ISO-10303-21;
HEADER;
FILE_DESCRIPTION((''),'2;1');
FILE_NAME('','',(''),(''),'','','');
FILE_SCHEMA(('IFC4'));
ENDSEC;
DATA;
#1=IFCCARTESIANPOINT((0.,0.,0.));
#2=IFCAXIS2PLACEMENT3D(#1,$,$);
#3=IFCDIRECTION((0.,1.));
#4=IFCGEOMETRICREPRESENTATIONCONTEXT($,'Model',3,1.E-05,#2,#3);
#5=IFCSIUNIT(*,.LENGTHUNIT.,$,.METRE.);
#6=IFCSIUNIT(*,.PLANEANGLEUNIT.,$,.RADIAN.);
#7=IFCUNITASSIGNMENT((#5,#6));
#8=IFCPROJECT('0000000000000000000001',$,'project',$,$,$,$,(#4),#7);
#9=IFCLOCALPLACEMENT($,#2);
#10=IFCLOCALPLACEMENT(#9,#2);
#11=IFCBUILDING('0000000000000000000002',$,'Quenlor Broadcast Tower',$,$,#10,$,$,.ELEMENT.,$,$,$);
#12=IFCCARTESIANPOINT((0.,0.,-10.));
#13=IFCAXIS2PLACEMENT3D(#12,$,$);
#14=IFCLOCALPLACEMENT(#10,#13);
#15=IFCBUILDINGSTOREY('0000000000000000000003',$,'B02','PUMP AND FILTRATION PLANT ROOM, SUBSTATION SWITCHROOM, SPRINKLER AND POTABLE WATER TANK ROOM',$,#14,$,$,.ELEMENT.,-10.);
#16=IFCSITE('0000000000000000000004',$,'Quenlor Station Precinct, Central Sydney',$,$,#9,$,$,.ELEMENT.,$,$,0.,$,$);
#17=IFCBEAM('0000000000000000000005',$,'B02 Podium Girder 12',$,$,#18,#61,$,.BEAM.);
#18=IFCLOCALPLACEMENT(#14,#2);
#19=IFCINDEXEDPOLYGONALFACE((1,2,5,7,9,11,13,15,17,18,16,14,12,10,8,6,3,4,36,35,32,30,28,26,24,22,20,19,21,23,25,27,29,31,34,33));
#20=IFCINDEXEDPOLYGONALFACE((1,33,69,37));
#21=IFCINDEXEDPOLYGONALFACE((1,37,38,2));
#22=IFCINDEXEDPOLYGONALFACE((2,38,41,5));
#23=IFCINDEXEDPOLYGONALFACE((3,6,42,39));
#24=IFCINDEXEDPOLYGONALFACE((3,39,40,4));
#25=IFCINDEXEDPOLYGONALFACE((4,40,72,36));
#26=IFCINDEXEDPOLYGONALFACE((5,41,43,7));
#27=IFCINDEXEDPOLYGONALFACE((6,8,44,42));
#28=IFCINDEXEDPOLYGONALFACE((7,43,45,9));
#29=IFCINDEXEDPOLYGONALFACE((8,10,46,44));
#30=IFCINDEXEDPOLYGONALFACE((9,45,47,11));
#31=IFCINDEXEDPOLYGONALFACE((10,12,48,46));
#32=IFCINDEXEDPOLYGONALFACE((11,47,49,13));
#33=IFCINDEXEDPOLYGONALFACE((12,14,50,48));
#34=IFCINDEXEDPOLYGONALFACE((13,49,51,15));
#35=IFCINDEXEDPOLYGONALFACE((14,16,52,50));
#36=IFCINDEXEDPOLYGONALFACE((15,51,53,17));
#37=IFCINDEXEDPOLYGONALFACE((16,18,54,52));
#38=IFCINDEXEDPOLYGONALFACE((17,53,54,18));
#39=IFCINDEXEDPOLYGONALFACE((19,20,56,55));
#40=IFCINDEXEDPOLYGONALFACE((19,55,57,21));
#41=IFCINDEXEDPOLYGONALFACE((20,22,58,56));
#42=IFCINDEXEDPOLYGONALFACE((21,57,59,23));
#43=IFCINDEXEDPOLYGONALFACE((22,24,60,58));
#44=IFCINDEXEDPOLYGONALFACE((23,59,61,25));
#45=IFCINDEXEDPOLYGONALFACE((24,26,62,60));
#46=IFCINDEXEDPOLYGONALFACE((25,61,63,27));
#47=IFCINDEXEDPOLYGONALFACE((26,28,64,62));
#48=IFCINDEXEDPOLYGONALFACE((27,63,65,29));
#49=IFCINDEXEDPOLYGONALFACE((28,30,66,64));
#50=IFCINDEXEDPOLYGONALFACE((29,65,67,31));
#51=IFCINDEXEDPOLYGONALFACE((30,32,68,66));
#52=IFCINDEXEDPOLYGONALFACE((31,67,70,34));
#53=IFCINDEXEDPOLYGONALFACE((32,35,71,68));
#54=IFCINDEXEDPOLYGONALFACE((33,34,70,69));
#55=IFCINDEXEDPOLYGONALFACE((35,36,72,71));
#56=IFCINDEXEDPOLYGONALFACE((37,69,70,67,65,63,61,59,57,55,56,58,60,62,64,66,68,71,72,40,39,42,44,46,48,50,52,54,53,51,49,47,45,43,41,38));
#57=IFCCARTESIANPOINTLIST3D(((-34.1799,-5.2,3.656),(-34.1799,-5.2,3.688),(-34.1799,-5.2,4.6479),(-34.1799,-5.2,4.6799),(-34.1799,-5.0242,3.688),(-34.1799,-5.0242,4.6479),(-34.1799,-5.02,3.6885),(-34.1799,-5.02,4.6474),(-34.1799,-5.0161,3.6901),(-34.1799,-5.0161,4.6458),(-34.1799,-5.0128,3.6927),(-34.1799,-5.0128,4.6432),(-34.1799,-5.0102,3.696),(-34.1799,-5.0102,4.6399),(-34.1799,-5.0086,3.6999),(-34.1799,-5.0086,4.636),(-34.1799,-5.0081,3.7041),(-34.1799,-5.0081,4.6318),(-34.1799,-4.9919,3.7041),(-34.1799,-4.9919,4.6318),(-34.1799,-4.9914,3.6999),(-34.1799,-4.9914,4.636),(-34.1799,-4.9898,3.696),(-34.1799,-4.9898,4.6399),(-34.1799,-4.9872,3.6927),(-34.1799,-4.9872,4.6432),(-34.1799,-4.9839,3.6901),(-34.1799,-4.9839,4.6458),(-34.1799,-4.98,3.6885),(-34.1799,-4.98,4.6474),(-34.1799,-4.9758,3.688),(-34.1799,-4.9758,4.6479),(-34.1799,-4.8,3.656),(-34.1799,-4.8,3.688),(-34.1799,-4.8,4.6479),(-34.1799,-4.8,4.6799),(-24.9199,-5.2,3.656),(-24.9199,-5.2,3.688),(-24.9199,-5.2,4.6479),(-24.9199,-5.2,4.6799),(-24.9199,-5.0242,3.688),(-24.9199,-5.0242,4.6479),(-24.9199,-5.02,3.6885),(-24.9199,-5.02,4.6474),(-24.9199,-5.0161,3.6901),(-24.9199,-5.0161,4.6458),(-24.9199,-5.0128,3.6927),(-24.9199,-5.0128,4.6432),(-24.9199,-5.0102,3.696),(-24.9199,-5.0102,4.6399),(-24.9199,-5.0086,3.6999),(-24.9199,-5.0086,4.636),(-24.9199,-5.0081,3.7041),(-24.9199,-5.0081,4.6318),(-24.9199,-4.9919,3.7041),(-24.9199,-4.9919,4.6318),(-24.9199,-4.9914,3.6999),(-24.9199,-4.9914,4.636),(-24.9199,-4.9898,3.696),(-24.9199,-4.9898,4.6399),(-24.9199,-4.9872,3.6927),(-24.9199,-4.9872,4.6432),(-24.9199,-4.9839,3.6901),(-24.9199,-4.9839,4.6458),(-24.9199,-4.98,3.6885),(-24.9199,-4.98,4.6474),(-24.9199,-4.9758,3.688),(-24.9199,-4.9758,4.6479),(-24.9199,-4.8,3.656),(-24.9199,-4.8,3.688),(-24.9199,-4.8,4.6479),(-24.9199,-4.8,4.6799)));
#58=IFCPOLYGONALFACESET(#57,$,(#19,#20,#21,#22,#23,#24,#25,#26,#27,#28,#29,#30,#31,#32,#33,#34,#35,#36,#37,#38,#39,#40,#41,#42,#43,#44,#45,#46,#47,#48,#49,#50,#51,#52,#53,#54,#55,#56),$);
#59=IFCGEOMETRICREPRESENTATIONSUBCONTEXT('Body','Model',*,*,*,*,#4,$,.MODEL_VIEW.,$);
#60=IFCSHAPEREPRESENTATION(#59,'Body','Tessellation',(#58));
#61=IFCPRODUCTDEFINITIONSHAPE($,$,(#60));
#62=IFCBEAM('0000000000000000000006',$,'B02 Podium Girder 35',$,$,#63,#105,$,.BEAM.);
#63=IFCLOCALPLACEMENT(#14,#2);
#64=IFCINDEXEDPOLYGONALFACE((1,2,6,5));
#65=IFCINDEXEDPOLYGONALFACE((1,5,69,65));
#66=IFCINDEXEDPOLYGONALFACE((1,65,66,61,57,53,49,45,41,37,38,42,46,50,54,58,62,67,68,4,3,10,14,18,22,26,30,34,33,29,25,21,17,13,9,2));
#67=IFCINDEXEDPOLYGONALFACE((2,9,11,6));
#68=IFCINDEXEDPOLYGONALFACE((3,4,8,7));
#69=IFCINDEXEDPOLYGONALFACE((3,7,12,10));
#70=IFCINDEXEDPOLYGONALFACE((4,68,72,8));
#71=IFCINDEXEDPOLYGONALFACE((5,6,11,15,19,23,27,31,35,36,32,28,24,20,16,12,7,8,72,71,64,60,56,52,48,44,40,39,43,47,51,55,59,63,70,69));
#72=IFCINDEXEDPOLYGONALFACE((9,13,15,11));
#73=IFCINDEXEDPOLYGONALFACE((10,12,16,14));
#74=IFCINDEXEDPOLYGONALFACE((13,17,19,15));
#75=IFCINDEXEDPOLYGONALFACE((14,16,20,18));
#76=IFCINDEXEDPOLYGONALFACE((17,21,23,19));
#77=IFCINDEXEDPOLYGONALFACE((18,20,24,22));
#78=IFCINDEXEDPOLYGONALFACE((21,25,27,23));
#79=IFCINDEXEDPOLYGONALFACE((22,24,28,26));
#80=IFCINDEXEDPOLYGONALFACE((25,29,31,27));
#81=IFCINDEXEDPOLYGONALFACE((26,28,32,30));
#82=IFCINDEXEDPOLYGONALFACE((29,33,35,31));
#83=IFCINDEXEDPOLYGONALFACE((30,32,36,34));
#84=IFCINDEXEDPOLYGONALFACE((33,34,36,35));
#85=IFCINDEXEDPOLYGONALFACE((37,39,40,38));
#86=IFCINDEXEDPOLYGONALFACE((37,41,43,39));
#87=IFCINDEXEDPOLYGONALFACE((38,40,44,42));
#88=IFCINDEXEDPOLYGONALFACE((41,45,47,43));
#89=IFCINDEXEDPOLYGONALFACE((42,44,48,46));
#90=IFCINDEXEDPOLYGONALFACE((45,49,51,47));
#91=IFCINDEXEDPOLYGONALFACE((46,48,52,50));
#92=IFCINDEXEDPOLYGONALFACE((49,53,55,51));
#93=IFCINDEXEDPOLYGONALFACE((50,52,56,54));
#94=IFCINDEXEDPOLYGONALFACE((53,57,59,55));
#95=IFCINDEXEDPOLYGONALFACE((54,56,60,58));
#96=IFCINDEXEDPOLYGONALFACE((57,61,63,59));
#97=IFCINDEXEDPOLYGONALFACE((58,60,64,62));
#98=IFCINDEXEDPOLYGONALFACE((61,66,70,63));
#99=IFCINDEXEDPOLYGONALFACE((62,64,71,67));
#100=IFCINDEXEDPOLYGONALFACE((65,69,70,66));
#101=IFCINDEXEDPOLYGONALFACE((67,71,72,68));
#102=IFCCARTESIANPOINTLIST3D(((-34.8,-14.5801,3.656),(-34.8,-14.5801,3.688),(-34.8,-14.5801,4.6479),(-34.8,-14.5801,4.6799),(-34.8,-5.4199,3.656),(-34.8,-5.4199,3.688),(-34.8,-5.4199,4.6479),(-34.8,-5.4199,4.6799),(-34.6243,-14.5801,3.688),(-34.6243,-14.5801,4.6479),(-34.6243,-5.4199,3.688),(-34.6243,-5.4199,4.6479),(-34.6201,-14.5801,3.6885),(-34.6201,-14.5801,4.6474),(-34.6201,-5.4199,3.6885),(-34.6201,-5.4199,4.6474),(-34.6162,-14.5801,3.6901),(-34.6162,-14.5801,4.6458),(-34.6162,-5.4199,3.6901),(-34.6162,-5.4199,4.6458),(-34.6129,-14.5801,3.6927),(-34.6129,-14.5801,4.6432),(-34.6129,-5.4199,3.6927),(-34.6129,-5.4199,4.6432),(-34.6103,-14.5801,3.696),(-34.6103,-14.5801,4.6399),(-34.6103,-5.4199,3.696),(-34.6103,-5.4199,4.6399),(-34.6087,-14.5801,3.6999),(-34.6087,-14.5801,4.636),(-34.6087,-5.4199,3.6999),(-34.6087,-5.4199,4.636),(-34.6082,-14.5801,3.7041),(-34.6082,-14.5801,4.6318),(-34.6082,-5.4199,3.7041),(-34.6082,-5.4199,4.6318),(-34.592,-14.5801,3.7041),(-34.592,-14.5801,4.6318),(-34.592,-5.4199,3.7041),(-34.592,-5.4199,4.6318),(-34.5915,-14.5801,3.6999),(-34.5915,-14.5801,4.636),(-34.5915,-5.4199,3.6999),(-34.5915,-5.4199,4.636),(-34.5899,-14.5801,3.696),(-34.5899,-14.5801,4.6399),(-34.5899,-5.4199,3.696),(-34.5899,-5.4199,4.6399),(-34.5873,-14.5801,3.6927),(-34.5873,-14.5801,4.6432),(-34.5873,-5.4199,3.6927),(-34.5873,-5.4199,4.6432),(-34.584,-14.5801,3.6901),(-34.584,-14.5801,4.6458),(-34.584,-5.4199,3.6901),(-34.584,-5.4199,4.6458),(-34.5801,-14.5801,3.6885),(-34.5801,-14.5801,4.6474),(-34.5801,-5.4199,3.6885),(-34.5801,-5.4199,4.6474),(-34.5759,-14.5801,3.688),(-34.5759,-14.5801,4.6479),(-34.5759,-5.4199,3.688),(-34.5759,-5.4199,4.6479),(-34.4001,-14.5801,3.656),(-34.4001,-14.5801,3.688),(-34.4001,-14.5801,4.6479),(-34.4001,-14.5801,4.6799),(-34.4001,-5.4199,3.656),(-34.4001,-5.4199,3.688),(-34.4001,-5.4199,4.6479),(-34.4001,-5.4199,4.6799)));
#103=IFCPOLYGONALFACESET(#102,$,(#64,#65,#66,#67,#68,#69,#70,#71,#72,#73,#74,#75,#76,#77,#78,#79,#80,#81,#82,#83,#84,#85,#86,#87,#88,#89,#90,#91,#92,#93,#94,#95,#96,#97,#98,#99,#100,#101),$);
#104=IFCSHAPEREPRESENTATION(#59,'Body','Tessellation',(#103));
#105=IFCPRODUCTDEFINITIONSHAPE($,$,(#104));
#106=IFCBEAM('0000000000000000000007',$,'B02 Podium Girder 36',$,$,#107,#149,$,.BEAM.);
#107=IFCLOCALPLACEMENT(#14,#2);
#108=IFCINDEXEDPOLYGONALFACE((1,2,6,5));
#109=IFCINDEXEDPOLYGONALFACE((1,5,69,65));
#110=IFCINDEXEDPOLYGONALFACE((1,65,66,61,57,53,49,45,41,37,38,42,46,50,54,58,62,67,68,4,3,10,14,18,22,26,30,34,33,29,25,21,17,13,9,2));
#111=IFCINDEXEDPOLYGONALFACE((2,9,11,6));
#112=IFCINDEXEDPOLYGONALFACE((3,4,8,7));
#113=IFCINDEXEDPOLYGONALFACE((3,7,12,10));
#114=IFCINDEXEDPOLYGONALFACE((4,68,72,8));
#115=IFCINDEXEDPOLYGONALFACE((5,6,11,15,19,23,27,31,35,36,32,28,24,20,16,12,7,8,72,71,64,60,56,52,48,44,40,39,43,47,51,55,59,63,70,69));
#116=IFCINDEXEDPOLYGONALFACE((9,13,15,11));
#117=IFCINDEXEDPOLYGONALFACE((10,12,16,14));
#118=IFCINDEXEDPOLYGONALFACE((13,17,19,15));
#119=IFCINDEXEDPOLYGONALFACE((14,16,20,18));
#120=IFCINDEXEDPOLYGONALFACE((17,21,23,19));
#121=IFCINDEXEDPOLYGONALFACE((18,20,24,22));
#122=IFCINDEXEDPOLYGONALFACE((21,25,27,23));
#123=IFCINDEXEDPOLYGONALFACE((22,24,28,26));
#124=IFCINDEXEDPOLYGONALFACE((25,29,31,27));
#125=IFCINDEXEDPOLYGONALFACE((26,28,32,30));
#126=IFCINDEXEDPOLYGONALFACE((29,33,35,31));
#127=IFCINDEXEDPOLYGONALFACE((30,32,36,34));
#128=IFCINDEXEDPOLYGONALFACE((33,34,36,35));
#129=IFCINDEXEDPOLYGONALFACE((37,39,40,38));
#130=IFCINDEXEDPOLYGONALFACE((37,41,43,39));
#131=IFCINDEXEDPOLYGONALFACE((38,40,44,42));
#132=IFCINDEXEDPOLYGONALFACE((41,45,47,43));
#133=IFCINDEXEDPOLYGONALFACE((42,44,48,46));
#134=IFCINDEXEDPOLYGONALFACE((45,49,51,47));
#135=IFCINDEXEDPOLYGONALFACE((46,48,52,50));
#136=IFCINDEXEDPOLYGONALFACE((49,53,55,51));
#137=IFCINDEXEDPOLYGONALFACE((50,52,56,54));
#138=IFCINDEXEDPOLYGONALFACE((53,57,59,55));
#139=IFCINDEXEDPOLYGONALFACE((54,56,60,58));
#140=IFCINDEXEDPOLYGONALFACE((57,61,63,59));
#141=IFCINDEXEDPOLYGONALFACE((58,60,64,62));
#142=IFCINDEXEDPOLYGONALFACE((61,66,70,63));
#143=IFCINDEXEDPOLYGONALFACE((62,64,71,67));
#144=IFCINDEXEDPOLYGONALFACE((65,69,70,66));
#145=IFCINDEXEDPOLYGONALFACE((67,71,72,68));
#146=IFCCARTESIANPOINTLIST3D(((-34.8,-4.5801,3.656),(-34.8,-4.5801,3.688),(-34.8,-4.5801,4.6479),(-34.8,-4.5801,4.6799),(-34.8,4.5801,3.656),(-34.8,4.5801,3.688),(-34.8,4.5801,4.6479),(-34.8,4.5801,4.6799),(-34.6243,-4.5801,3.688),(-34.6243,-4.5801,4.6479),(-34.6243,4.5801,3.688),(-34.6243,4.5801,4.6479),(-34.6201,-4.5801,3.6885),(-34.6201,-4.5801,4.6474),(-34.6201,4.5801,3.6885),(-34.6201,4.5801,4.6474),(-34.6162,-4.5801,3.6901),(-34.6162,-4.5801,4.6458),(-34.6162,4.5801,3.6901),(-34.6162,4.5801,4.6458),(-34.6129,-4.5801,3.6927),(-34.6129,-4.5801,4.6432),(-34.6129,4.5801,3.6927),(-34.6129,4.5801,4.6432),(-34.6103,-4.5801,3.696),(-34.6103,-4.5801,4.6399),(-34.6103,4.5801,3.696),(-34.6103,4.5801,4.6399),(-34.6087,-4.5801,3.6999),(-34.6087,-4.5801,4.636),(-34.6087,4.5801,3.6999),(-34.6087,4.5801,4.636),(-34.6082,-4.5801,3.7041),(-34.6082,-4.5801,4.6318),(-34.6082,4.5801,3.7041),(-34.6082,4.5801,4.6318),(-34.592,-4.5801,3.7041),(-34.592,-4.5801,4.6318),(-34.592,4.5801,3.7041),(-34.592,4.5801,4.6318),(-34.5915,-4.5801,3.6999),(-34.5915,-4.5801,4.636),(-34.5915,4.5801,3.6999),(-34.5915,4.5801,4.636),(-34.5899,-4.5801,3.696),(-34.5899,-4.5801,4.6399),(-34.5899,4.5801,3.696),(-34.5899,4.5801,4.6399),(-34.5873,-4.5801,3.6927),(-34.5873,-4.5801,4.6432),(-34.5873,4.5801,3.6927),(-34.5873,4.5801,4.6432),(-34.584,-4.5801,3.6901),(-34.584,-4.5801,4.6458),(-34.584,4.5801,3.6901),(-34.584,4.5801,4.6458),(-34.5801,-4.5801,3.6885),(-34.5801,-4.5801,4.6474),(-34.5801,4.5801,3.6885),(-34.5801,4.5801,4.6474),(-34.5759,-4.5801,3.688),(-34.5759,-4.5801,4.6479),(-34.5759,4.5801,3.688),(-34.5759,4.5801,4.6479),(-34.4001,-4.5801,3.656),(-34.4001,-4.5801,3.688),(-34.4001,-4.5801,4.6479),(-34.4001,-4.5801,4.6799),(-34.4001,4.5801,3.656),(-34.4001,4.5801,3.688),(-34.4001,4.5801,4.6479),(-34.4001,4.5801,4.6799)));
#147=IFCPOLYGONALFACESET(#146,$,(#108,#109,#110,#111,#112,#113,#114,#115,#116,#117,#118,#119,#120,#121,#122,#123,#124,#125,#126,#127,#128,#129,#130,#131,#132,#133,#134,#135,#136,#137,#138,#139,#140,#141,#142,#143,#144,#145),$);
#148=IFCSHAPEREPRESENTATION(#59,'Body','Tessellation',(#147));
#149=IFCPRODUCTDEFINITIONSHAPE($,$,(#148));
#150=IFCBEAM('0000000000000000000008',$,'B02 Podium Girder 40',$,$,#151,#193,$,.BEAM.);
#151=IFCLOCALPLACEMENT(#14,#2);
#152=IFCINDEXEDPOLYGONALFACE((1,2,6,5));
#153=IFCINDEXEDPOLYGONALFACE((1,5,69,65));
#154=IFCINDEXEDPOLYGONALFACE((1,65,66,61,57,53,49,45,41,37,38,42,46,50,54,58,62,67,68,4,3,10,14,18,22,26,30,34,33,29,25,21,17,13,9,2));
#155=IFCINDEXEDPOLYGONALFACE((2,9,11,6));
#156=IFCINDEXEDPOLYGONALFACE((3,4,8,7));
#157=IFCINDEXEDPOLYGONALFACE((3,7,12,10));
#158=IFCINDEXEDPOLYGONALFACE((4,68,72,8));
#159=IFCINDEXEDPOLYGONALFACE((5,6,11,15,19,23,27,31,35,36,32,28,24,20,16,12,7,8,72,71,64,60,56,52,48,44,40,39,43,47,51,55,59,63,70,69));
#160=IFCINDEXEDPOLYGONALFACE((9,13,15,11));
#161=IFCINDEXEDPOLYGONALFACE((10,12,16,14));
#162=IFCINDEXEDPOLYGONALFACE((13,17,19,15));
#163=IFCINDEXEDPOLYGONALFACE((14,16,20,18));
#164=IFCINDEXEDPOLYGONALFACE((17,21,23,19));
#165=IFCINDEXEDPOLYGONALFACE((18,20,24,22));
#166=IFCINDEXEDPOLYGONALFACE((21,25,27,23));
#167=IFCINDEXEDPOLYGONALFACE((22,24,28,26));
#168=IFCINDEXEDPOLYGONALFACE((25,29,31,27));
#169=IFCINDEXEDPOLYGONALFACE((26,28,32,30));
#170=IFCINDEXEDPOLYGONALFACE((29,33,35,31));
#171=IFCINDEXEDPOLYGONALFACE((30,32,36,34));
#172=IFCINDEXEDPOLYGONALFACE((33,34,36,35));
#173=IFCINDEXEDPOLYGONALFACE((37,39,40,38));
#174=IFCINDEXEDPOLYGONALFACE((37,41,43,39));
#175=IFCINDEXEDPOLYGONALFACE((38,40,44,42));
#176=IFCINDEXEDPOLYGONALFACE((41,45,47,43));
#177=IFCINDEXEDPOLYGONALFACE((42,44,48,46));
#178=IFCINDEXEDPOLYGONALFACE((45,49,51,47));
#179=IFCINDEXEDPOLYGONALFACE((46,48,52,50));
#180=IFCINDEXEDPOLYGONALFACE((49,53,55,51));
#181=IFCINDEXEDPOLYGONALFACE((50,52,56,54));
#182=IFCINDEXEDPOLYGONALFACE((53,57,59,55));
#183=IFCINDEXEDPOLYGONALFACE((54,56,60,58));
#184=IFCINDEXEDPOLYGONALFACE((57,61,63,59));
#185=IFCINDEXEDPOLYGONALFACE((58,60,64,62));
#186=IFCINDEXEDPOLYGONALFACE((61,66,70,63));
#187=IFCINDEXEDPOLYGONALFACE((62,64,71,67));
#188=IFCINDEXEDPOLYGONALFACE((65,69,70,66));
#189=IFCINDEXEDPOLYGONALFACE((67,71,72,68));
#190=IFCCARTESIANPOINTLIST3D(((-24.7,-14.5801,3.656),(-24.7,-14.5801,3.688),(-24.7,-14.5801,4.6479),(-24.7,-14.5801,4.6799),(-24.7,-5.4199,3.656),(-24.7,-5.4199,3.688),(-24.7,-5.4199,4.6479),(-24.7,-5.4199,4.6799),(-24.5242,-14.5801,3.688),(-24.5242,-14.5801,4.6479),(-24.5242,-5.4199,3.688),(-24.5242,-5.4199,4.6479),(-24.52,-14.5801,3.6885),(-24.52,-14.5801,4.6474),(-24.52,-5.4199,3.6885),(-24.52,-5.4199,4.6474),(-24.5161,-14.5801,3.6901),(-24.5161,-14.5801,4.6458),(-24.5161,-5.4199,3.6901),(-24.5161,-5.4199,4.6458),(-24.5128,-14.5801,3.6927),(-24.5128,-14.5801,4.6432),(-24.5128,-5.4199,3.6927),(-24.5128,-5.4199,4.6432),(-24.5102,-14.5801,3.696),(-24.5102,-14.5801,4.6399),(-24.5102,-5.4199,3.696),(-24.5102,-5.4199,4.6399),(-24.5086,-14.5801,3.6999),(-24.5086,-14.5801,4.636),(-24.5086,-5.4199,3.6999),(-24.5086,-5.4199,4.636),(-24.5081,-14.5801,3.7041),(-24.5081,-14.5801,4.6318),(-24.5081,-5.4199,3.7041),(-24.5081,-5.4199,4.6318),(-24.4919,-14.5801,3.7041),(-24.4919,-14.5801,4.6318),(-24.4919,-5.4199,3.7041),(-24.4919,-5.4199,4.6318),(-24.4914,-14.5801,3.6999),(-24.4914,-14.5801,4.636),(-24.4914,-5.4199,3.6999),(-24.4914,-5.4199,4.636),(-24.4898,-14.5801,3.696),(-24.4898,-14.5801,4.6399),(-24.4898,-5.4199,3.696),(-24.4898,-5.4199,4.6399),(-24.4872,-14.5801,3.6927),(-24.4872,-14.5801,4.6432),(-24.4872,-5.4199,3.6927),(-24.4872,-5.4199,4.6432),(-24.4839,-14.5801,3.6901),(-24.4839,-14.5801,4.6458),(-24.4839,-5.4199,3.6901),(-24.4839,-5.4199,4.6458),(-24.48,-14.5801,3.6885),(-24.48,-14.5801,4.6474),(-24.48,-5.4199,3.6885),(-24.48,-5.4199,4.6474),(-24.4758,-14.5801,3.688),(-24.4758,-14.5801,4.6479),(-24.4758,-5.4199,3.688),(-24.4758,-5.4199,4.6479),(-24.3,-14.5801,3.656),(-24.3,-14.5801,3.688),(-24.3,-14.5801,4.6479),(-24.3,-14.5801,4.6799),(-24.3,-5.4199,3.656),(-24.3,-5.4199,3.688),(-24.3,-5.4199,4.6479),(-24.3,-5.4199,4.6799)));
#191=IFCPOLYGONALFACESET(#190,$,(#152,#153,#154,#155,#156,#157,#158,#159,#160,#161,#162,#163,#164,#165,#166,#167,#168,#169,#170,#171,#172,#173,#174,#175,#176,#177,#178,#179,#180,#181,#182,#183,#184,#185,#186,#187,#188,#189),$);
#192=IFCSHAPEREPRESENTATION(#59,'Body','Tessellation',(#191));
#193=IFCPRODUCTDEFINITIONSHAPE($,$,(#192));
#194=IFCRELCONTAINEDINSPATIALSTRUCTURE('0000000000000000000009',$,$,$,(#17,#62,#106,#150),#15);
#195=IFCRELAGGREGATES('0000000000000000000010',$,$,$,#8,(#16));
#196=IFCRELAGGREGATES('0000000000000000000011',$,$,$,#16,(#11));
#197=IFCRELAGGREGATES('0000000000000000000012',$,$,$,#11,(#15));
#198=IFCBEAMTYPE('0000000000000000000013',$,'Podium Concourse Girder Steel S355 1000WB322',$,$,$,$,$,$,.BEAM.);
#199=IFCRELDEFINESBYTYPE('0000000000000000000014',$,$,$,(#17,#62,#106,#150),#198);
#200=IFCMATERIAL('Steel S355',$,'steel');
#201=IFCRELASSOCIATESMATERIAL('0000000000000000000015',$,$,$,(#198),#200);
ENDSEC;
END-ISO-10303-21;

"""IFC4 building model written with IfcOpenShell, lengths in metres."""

from ifc_helpers import new_model, si_unit, direction, frame, origin, origin_2d, place, context, subcontext, project, spatial, i_section, extrude, material, material_profile, profile_set, type_object, element, save


model = new_model("IFC4")

# Units and contexts
model_context = context("Model", 3, precision=1e-05, world=origin(), true_north=direction((0.0, 1.0)))
body_context = subcontext(model_context, "Body", "Model", "MODEL_VIEW")
ifc_project = project(units=[si_unit("LENGTHUNIT", "METRE"), si_unit("PLANEANGLEUNIT", "RADIAN")], contexts=[model_context])

# Site, building, storey
site_placement = place(None, origin())
site = spatial("IfcSite", under=ifc_project, at=site_placement, Name="Quenlor Station Precinct, Central Sydney", CompositionType="ELEMENT", RefElevation=0.0)
building_placement = place(site_placement, origin())
building = spatial("IfcBuilding", under=site, at=building_placement, Name="Quenlor Broadcast Tower", CompositionType="ELEMENT")
storey_placement = place(building_placement, frame((0.0, 0.0, -10.0)))
storey = spatial("IfcBuildingStorey", under=building, at=storey_placement, Name="B02", Description="PUMP AND FILTRATION PLANT ROOM, SUBSTATION SWITCHROOM, SPRINKLER AND POTABLE WATER TANK ROOM", CompositionType="ELEMENT", Elevation=-10.0)

# Beams
ifc_material_1 = material(Name="Steel S355", Category="steel")
ifc_material_profile_1 = material_profile(ifc_material_1, i_section(OverallWidth=0.3999, OverallDepth=1.0239, WebThickness=0.0161, FlangeThickness=0.032, FilletRadius=0.0161, at=origin_2d()))
ifc_profile_set_1 = profile_set([ifc_material_profile_1], Name="Steel S355 1000WB322")
beam_type_1 = type_object("IfcBeamType", Name="Podium Concourse Girder Steel S355 1000WB322", PredefinedType="BEAM", material=ifc_profile_set_1)
for number, where, z_axis, x_axis, name in (
    (1, (-34.1799, -5.0, 4.168), (1.0, 0.0, 0.0), (0.0, 1.0, 0.0), "B02 Podium Girder 12"),
):
    element("IfcBeam", number, at=place(storey_placement, frame(where, z_axis=z_axis, x_axis=x_axis)), inside=storey, type_object=beam_type_1, Name=name, PredefinedType="BEAM", context=body_context, shape_type="SweptSolid", body=[
        extrude(i_section(OverallWidth=0.3999, OverallDepth=1.0239, WebThickness=0.0161, FlangeThickness=0.032, FilletRadius=0.0161, at=origin_2d()), origin(), (0.0, 0.0, 1.0), 9.26),
    ])
for number, where, z_axis, x_axis, name in (
    (2, (-34.6001, -14.5801, 4.168), (0.0, 1.0, 0.0), (-1.0, 0.0, 0.0), "B02 Podium Girder 35"),
    (3, (-34.6001, -4.5801, 4.168), (0.0, 1.0, 0.0), (-1.0, 0.0, 0.0), "B02 Podium Girder 36"),
    (4, (-24.5, -14.5801, 4.168), (0.0, 1.0, 0.0), (-1.0, 0.0, 0.0), "B02 Podium Girder 40"),
):
    element("IfcBeam", number, at=place(storey_placement, frame(where, z_axis=z_axis, x_axis=x_axis)), inside=storey, type_object=beam_type_1, Name=name, PredefinedType="BEAM", context=body_context, shape_type="SweptSolid", body=[
        extrude(i_section(OverallWidth=0.3999, OverallDepth=1.0239, WebThickness=0.0161, FlangeThickness=0.032, FilletRadius=0.0161, at=origin_2d()), origin(), (0.0, 0.0, 1.0), 9.1602),
    ])

save(model, "model.ifc")
